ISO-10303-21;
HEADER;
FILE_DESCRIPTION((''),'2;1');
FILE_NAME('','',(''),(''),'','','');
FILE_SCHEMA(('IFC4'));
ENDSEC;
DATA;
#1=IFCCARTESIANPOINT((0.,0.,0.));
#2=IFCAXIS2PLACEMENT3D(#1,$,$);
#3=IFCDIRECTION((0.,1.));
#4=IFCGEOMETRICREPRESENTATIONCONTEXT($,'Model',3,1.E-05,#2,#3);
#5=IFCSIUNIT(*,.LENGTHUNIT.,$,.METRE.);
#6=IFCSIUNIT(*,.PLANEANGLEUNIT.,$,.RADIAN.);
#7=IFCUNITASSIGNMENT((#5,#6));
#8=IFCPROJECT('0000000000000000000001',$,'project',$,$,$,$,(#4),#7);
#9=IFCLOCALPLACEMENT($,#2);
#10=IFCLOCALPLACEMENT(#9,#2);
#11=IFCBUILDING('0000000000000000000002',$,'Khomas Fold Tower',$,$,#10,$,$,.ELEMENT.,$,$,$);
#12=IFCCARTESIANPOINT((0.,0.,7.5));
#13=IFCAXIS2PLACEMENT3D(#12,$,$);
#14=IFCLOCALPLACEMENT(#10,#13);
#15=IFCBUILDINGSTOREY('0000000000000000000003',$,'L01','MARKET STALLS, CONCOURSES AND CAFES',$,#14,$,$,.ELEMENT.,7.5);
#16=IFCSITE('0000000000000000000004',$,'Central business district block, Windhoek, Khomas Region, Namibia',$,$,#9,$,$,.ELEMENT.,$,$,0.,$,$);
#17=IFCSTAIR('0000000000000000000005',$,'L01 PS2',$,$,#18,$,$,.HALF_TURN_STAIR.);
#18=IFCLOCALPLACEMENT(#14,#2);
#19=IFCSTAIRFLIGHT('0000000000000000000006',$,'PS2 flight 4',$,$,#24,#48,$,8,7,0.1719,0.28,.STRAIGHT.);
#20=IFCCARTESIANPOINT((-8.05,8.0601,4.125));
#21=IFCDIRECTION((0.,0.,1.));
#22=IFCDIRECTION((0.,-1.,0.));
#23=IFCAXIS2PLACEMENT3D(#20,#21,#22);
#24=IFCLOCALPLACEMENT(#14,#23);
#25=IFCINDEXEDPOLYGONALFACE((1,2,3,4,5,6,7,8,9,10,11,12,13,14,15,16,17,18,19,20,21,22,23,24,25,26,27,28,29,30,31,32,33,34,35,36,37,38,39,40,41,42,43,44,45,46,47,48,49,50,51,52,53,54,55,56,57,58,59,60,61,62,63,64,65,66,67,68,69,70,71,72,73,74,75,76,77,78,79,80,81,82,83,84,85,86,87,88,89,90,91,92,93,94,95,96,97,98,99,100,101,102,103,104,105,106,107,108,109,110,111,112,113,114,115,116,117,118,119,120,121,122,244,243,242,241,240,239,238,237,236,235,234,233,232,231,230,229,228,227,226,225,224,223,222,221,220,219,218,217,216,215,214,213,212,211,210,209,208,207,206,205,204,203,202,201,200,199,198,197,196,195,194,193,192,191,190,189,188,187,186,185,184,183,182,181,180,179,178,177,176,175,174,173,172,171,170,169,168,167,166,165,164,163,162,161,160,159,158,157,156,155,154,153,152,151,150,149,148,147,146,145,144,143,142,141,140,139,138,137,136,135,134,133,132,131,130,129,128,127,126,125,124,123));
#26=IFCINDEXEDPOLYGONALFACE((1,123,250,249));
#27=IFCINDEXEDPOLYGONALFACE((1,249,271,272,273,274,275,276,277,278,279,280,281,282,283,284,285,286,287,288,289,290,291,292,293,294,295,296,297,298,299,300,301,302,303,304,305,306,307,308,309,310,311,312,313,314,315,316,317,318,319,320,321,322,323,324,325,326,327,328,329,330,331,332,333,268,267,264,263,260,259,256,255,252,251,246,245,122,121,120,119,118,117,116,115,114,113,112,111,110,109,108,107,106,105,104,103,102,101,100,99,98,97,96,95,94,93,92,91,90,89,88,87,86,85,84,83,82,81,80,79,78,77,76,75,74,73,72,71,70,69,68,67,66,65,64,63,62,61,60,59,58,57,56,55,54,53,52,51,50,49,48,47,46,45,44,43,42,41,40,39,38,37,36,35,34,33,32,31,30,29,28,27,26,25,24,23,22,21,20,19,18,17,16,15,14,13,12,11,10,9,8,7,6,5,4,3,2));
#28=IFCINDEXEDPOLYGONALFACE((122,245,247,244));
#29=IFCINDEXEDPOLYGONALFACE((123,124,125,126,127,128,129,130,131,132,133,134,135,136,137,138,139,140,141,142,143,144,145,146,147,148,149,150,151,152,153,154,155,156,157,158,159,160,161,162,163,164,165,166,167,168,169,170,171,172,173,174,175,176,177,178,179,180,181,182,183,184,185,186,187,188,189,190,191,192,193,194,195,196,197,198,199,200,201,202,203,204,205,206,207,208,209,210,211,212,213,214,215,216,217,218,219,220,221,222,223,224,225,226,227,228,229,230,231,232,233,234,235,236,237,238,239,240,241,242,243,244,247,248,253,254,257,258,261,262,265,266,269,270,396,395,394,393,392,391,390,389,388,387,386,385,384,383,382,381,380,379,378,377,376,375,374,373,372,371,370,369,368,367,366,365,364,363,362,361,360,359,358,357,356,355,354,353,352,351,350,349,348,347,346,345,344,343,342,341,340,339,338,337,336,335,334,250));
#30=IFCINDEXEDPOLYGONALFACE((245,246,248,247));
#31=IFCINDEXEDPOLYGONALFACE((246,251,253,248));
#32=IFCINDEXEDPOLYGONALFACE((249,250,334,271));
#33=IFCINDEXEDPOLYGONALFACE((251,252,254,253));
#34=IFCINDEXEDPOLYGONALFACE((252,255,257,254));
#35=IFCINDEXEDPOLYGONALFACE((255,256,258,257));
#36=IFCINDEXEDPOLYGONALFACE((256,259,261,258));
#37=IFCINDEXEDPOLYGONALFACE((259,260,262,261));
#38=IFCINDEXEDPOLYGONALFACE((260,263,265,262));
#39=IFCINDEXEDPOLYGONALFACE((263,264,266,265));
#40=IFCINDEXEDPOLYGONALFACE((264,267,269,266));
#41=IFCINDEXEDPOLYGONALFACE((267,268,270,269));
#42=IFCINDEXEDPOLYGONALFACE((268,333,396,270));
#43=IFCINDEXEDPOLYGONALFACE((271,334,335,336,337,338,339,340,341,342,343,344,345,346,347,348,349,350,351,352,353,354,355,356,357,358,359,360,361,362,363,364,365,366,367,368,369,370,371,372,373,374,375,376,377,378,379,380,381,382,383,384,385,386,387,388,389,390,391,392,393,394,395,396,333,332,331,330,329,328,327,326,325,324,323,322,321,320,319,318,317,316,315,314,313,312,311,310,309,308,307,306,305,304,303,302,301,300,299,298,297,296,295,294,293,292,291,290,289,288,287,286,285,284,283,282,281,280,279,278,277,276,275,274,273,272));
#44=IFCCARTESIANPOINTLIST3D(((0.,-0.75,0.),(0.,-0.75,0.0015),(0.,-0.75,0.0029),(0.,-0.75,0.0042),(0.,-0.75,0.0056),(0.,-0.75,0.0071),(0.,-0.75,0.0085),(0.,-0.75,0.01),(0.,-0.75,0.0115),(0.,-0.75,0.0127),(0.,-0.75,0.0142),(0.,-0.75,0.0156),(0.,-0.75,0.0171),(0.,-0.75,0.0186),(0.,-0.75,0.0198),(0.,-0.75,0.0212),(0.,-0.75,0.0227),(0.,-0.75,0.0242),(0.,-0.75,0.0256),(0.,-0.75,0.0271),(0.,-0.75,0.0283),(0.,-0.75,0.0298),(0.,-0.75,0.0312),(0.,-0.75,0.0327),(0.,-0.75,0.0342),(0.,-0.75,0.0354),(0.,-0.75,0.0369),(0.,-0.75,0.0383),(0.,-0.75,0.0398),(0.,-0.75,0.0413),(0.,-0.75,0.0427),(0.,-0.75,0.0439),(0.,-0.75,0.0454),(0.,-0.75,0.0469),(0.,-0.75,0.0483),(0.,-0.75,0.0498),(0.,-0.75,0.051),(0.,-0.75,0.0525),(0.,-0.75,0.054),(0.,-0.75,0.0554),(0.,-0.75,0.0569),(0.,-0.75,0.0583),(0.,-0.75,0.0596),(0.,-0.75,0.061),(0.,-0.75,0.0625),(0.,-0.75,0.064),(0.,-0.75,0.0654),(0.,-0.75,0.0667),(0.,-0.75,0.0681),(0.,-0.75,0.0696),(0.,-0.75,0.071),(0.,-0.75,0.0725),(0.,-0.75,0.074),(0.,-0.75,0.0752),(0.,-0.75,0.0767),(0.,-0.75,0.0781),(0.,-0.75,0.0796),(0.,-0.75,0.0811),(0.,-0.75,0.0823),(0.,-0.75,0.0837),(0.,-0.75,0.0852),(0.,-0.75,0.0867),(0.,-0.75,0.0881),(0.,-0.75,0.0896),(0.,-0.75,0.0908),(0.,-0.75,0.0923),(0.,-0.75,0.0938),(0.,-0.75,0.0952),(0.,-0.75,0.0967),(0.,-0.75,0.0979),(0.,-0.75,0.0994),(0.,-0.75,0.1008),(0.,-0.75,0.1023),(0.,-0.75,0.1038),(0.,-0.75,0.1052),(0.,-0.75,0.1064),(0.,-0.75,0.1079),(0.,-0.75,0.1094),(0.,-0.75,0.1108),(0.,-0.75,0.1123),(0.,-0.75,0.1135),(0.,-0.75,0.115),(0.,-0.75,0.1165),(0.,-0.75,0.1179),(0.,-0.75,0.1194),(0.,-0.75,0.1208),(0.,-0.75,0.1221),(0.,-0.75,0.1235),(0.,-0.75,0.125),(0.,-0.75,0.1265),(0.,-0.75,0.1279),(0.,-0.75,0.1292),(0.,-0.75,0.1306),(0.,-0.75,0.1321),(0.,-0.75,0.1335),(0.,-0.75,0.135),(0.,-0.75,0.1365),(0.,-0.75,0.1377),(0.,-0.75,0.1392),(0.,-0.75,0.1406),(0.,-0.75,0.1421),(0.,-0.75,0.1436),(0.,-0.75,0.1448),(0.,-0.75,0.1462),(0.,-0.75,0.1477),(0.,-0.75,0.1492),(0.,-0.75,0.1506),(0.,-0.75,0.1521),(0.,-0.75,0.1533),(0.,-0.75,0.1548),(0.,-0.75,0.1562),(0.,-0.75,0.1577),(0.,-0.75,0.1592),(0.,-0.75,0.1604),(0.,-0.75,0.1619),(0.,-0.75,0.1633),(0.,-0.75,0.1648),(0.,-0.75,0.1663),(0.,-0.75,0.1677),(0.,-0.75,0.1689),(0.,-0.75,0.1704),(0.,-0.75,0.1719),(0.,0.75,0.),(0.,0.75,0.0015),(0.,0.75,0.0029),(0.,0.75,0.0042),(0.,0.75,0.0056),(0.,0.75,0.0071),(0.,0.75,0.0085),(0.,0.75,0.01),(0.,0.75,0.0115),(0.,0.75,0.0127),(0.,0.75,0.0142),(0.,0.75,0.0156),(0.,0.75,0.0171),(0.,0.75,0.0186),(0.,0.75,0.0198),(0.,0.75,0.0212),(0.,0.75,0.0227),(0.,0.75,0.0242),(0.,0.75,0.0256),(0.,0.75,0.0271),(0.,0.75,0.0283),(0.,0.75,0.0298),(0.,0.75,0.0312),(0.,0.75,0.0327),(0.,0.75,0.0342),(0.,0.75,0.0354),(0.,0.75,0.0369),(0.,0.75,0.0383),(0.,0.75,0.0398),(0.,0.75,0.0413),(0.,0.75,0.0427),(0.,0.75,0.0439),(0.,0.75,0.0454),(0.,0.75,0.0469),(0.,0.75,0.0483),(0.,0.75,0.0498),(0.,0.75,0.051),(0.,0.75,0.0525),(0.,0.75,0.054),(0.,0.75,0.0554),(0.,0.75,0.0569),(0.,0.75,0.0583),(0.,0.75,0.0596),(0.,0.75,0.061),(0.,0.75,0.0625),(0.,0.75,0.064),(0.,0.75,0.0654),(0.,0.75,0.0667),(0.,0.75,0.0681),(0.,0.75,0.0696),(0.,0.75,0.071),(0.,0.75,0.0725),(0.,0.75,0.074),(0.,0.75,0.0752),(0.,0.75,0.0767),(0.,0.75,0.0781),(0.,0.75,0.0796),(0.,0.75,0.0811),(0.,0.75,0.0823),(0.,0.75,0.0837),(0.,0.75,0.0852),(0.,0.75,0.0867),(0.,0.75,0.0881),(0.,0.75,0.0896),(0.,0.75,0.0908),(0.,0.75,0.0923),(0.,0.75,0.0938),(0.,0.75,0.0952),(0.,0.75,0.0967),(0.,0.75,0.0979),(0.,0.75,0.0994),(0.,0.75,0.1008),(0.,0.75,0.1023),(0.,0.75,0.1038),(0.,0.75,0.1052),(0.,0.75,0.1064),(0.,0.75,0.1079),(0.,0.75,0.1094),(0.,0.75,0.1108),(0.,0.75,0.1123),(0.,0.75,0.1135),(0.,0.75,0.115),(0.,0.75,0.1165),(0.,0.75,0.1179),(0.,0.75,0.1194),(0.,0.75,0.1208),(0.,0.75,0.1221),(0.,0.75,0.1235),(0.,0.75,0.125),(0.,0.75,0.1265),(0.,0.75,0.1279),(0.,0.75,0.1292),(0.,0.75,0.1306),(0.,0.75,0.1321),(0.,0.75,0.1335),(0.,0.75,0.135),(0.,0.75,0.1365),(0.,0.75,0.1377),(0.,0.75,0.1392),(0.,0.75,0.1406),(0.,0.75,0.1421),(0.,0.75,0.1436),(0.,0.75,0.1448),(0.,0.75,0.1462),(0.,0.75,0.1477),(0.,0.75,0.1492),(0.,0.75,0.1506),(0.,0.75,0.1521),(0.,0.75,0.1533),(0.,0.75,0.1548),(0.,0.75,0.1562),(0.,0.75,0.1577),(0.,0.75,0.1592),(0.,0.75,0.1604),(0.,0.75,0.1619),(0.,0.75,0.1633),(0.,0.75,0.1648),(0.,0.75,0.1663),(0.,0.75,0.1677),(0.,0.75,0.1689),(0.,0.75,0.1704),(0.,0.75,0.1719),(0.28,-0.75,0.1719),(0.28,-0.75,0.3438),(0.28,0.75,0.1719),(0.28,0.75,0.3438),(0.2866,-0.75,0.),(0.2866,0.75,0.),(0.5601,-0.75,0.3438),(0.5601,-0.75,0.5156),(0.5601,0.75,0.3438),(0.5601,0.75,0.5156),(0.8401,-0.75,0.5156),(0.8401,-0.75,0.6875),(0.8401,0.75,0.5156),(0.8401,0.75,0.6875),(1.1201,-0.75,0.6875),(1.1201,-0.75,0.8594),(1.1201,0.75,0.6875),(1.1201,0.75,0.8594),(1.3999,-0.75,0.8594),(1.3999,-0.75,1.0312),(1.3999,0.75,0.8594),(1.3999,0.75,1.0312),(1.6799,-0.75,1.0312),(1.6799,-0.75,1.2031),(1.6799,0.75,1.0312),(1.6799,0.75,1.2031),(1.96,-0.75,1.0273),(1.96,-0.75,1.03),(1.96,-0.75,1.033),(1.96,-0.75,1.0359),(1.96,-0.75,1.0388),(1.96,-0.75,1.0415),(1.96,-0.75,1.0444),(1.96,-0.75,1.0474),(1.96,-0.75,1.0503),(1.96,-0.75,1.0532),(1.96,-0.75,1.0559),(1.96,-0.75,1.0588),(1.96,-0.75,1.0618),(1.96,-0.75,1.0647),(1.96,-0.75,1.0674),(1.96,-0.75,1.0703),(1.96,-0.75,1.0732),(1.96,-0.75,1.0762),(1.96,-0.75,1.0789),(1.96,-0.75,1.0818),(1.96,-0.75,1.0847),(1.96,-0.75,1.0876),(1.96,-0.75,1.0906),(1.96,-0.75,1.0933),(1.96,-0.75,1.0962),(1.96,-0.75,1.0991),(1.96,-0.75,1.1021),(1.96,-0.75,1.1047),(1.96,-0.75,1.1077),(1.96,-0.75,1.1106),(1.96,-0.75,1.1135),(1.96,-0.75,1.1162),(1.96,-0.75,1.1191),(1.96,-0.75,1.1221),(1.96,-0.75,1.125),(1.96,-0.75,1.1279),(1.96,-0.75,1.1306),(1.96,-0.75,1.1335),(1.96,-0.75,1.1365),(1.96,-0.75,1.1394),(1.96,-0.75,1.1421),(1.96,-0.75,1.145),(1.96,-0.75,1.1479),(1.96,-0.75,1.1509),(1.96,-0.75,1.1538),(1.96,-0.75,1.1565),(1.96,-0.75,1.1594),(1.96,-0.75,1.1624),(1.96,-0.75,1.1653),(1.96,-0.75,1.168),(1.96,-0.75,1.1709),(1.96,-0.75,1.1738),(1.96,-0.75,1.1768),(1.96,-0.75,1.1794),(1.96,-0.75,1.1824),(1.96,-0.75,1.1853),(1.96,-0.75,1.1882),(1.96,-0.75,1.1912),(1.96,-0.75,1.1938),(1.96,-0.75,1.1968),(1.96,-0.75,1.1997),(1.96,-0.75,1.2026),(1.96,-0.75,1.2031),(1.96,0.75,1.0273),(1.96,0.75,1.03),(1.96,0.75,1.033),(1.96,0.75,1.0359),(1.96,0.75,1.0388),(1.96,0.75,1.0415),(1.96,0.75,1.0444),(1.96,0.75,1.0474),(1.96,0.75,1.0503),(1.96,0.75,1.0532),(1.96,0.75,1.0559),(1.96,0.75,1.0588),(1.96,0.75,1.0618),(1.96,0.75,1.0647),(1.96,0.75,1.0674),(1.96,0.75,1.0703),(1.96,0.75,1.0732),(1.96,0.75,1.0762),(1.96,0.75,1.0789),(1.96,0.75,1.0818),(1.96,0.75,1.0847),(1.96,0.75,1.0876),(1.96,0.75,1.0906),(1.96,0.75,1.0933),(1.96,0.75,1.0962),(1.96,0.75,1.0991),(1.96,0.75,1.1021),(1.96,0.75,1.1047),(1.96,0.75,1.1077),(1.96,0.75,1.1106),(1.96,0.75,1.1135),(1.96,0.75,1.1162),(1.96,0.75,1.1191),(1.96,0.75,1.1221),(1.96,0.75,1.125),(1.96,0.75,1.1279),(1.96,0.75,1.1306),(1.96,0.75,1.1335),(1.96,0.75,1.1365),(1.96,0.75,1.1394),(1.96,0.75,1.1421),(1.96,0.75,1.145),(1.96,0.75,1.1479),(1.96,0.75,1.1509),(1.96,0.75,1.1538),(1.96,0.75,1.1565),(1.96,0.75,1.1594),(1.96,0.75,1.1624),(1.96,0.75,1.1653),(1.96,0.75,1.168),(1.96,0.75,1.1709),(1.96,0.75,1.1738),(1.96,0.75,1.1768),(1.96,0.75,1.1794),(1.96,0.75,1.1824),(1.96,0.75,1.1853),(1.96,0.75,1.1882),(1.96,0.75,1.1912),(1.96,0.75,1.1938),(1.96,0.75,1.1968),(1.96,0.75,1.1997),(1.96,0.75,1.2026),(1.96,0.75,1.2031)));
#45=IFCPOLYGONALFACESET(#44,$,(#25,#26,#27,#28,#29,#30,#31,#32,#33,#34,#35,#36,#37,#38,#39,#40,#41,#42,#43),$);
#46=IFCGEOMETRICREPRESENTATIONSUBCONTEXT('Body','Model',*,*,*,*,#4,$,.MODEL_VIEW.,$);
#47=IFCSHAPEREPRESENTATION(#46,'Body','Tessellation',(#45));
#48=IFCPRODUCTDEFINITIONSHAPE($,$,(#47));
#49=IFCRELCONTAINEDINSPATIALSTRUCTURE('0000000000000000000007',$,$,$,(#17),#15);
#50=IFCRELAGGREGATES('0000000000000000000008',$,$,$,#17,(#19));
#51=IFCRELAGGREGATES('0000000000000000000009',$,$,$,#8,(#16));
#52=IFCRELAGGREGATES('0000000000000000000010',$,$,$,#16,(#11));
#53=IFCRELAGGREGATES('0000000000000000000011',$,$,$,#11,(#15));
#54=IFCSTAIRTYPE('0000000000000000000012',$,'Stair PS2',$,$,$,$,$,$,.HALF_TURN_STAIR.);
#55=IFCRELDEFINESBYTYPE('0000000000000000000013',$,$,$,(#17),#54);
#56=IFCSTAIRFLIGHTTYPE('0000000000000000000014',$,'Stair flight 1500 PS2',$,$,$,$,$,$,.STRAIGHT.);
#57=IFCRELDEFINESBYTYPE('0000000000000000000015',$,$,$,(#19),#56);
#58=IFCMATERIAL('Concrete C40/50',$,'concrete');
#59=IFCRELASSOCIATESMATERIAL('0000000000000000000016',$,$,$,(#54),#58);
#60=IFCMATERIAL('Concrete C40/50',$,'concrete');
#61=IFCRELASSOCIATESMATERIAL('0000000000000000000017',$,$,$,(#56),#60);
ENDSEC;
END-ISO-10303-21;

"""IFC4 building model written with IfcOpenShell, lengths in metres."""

from ifc_helpers import new_model, si_unit, direction, frame, origin, place, context, subcontext, project, spatial, polyline, outline, extrude, source, transform, mapped, material, type_object, element, aggregate, save


model = new_model("IFC4")

# Units and contexts
model_context = context("Model", 3, precision=1e-05, world=origin(), true_north=direction((0.0, 1.0)))
body_context = subcontext(model_context, "Body", "Model", "MODEL_VIEW")
ifc_project = project(units=[si_unit("LENGTHUNIT", "METRE"), si_unit("PLANEANGLEUNIT", "RADIAN")], contexts=[model_context])

# Site, building, storey
site_placement = place(None, origin())
site = spatial("IfcSite", under=ifc_project, at=site_placement, Name="Central business district block, Windhoek, Khomas Region, Namibia", CompositionType="ELEMENT", RefElevation=0.0)
building_placement = place(site_placement, origin())
building = spatial("IfcBuilding", under=site, at=building_placement, Name="Khomas Fold Tower", CompositionType="ELEMENT")
storey_placement = place(building_placement, frame((0.0, 0.0, 7.5)))
storey = spatial("IfcBuildingStorey", under=building, at=storey_placement, Name="L01", Description="MARKET STALLS, CONCOURSES AND CAFES", CompositionType="ELEMENT", Elevation=7.5)

# Stair, stair flight
ifc_material_1 = material(Name="Concrete C40/50", Category="concrete")
stair_type = type_object("IfcStairType", Name="Stair PS2", PredefinedType="HALF_TURN_STAIR", material=ifc_material_1)
stair_placement = place(storey_placement, origin())
stair = element("IfcStair", 1, at=stair_placement, inside=storey, type_object=stair_type, Name="L01 PS2", PredefinedType="HALF_TURN_STAIR")
ifc_material_2 = material(Name="Concrete C40/50", Category="concrete")
stair_flight_type = type_object("IfcStairFlightType", Name="Stair flight 1500 PS2", PredefinedType="STRAIGHT", material=ifc_material_2)
shared_shape_1 = source(origin(), body_context, "Body", "SweptSolid", [
    extrude(outline(polyline([(0.0, 0.0), (0.0, 0.0015), (0.0, 0.0029), (0.0, 0.0042), (0.0, 0.0056), (0.0, 0.0071), (0.0, 0.0085), (0.0, 0.01), (0.0, 0.0115), (0.0, 0.0127), (0.0, 0.0142), (0.0, 0.0156), (0.0, 0.0171), (0.0, 0.0186), (0.0, 0.0198), (0.0, 0.0212), (0.0, 0.0227), (0.0, 0.0242), (0.0, 0.0256), (0.0, 0.0271), (0.0, 0.0283), (0.0, 0.0298), (0.0, 0.0312), (0.0, 0.0327), (0.0, 0.0342), (0.0, 0.0354), (0.0, 0.0369), (0.0, 0.0383), (0.0, 0.0398), (0.0, 0.0413), (0.0, 0.0427), (0.0, 0.0439), (0.0, 0.0454), (0.0, 0.0469), (0.0, 0.0483), (0.0, 0.0498), (0.0, 0.051), (0.0, 0.0525), (0.0, 0.054), (0.0, 0.0554), (0.0, 0.0569), (0.0, 0.0583), (0.0, 0.0596), (0.0, 0.061), (0.0, 0.0625), (0.0, 0.064), (0.0, 0.0654), (0.0, 0.0667), (0.0, 0.0681), (0.0, 0.0696), (0.0, 0.071), (0.0, 0.0725), (0.0, 0.074), (0.0, 0.0752), (0.0, 0.0767), (0.0, 0.0781), (0.0, 0.0796), (0.0, 0.0811), (0.0, 0.0823), (0.0, 0.0837), (0.0, 0.0852), (0.0, 0.0867), (0.0, 0.0881), (0.0, 0.0896), (0.0, 0.0908), (0.0, 0.0923), (0.0, 0.0938), (0.0, 0.0952), (0.0, 0.0967), (0.0, 0.0979), (0.0, 0.0994), (0.0, 0.1008), (0.0, 0.1023), (0.0, 0.1038), (0.0, 0.1052), (0.0, 0.1064), (0.0, 0.1079), (0.0, 0.1094), (0.0, 0.1108), (0.0, 0.1123), (0.0, 0.1135), (0.0, 0.115), (0.0, 0.1165), (0.0, 0.1179), (0.0, 0.1194), (0.0, 0.1208), (0.0, 0.1221), (0.0, 0.1235), (0.0, 0.125), (0.0, 0.1265), (0.0, 0.1279), (0.0, 0.1292), (0.0, 0.1306), (0.0, 0.1321), (0.0, 0.1335), (0.0, 0.135), (0.0, 0.1365), (0.0, 0.1377), (0.0, 0.1392), (0.0, 0.1406), (0.0, 0.1421), (0.0, 0.1436), (0.0, 0.1448), (0.0, 0.1462), (0.0, 0.1477), (0.0, 0.1492), (0.0, 0.1506), (0.0, 0.1521), (0.0, 0.1533), (0.0, 0.1548), (0.0, 0.1562), (0.0, 0.1577), (0.0, 0.1592), (0.0, 0.1604), (0.0, 0.1619), (0.0, 0.1633), (0.0, 0.1648), (0.0, 0.1663), (0.0, 0.1677), (0.0, 0.1689), (0.0, 0.1704), (0.0, 0.1719), (0.28, 0.1719), (0.28, 0.3438), (0.5601, 0.3438), (0.5601, 0.5156), (0.8401, 0.5156), (0.8401, 0.6875), (1.1201, 0.6875), (1.1201, 0.8594), (1.3999, 0.8594), (1.3999, 1.0312), (1.6799, 1.0312), (1.6799, 1.2031), (1.96, 1.2031), (1.96, 1.375), (1.96, 1.3721), (1.96, 1.3691), (1.96, 1.3665), (1.96, 1.3635), (1.96, 1.3606), (1.96, 1.3577), (1.96, 1.355), (1.96, 1.3521), (1.96, 1.3491), (1.96, 1.3462), (1.96, 1.3435), (1.96, 1.3406), (1.96, 1.3376), (1.96, 1.3347), (1.96, 1.3318), (1.96, 1.3291), (1.96, 1.3262), (1.96, 1.3232), (1.96, 1.3203), (1.96, 1.3176), (1.96, 1.3147), (1.96, 1.3118), (1.96, 1.3088), (1.96, 1.3059), (1.96, 1.3032), (1.96, 1.3003), (1.96, 1.2974), (1.96, 1.2944), (1.96, 1.2917), (1.96, 1.2888), (1.96, 1.2859), (1.96, 1.283), (1.96, 1.2803), (1.96, 1.2773), (1.96, 1.2744), (1.96, 1.2715), (1.96, 1.2686), (1.96, 1.2659), (1.96, 1.2629), (1.96, 1.26), (1.96, 1.2571), (1.96, 1.2544), (1.96, 1.2515), (1.96, 1.2485), (1.96, 1.2456), (1.96, 1.2427), (1.96, 1.24), (1.96, 1.2371), (1.96, 1.2341), (1.96, 1.2312), (1.96, 1.2285), (1.96, 1.2256), (1.96, 1.2227), (1.96, 1.2197), (1.96, 1.217), (1.96, 1.2141), (1.96, 1.2112), (1.96, 1.2083), (1.96, 1.2053), (1.96, 1.2026), (1.96, 1.1997), (1.96, 1.1968), (1.96, 1.1938), (1.96, 1.1912), (1.96, 1.1882), (1.96, 1.1853), (1.96, 1.1824), (1.96, 1.1794), (1.96, 1.1768), (1.96, 1.1738), (1.96, 1.1709), (1.96, 1.168), (1.96, 1.1653), (1.96, 1.1624), (1.96, 1.1594), (1.96, 1.1565), (1.96, 1.1538), (1.96, 1.1509), (1.96, 1.1479), (1.96, 1.145), (1.96, 1.1421), (1.96, 1.1394), (1.96, 1.1365), (1.96, 1.1335), (1.96, 1.1306), (1.96, 1.1279), (1.96, 1.125), (1.96, 1.1221), (1.96, 1.1191), (1.96, 1.1162), (1.96, 1.1135), (1.96, 1.1106), (1.96, 1.1077), (1.96, 1.1047), (1.96, 1.1021), (1.96, 1.0991), (1.96, 1.0962), (1.96, 1.0933), (1.96, 1.0906), (1.96, 1.0876), (1.96, 1.0847), (1.96, 1.0818), (1.96, 1.0789), (1.96, 1.0762), (1.96, 1.0732), (1.96, 1.0703), (1.96, 1.0674), (1.96, 1.0647), (1.96, 1.0618), (1.96, 1.0588), (1.96, 1.0559), (1.96, 1.0532), (1.96, 1.0503), (1.96, 1.0474), (1.96, 1.0444), (1.96, 1.0415), (1.96, 1.0388), (1.96, 1.0359), (1.96, 1.033), (1.96, 1.03), (1.96, 1.0273), (0.2866, 0.0), (0.0, 0.0)])), frame((0.0, 0.75, 0.0), z_axis=(0.0, -1.0, 0.0), x_axis=(1.0, 0.0, 0.0)), (0.0, 0.0, 1.0), 1.5),
])
stair_flight_1_placement = place(storey_placement, frame((-8.05, 8.0601, 4.125), z_axis=(0.0, 0.0, 1.0), x_axis=(0.0, -1.0, 0.0)))
stair_flight_1 = element("IfcStairFlight", 2, at=stair_flight_1_placement, type_object=stair_flight_type, Name="PS2 flight 4", NumberOfRisers=8, NumberOfTreads=7, PredefinedType="STRAIGHT", RiserHeight=0.1719, TreadLength=0.28, context=body_context, shape_type="MappedRepresentation", body=[
    mapped(shared_shape_1, transform((0.0, 0.0, 0.0))),
])
aggregate(stair, [stair_flight_1])

save(model, "model.ifc")
